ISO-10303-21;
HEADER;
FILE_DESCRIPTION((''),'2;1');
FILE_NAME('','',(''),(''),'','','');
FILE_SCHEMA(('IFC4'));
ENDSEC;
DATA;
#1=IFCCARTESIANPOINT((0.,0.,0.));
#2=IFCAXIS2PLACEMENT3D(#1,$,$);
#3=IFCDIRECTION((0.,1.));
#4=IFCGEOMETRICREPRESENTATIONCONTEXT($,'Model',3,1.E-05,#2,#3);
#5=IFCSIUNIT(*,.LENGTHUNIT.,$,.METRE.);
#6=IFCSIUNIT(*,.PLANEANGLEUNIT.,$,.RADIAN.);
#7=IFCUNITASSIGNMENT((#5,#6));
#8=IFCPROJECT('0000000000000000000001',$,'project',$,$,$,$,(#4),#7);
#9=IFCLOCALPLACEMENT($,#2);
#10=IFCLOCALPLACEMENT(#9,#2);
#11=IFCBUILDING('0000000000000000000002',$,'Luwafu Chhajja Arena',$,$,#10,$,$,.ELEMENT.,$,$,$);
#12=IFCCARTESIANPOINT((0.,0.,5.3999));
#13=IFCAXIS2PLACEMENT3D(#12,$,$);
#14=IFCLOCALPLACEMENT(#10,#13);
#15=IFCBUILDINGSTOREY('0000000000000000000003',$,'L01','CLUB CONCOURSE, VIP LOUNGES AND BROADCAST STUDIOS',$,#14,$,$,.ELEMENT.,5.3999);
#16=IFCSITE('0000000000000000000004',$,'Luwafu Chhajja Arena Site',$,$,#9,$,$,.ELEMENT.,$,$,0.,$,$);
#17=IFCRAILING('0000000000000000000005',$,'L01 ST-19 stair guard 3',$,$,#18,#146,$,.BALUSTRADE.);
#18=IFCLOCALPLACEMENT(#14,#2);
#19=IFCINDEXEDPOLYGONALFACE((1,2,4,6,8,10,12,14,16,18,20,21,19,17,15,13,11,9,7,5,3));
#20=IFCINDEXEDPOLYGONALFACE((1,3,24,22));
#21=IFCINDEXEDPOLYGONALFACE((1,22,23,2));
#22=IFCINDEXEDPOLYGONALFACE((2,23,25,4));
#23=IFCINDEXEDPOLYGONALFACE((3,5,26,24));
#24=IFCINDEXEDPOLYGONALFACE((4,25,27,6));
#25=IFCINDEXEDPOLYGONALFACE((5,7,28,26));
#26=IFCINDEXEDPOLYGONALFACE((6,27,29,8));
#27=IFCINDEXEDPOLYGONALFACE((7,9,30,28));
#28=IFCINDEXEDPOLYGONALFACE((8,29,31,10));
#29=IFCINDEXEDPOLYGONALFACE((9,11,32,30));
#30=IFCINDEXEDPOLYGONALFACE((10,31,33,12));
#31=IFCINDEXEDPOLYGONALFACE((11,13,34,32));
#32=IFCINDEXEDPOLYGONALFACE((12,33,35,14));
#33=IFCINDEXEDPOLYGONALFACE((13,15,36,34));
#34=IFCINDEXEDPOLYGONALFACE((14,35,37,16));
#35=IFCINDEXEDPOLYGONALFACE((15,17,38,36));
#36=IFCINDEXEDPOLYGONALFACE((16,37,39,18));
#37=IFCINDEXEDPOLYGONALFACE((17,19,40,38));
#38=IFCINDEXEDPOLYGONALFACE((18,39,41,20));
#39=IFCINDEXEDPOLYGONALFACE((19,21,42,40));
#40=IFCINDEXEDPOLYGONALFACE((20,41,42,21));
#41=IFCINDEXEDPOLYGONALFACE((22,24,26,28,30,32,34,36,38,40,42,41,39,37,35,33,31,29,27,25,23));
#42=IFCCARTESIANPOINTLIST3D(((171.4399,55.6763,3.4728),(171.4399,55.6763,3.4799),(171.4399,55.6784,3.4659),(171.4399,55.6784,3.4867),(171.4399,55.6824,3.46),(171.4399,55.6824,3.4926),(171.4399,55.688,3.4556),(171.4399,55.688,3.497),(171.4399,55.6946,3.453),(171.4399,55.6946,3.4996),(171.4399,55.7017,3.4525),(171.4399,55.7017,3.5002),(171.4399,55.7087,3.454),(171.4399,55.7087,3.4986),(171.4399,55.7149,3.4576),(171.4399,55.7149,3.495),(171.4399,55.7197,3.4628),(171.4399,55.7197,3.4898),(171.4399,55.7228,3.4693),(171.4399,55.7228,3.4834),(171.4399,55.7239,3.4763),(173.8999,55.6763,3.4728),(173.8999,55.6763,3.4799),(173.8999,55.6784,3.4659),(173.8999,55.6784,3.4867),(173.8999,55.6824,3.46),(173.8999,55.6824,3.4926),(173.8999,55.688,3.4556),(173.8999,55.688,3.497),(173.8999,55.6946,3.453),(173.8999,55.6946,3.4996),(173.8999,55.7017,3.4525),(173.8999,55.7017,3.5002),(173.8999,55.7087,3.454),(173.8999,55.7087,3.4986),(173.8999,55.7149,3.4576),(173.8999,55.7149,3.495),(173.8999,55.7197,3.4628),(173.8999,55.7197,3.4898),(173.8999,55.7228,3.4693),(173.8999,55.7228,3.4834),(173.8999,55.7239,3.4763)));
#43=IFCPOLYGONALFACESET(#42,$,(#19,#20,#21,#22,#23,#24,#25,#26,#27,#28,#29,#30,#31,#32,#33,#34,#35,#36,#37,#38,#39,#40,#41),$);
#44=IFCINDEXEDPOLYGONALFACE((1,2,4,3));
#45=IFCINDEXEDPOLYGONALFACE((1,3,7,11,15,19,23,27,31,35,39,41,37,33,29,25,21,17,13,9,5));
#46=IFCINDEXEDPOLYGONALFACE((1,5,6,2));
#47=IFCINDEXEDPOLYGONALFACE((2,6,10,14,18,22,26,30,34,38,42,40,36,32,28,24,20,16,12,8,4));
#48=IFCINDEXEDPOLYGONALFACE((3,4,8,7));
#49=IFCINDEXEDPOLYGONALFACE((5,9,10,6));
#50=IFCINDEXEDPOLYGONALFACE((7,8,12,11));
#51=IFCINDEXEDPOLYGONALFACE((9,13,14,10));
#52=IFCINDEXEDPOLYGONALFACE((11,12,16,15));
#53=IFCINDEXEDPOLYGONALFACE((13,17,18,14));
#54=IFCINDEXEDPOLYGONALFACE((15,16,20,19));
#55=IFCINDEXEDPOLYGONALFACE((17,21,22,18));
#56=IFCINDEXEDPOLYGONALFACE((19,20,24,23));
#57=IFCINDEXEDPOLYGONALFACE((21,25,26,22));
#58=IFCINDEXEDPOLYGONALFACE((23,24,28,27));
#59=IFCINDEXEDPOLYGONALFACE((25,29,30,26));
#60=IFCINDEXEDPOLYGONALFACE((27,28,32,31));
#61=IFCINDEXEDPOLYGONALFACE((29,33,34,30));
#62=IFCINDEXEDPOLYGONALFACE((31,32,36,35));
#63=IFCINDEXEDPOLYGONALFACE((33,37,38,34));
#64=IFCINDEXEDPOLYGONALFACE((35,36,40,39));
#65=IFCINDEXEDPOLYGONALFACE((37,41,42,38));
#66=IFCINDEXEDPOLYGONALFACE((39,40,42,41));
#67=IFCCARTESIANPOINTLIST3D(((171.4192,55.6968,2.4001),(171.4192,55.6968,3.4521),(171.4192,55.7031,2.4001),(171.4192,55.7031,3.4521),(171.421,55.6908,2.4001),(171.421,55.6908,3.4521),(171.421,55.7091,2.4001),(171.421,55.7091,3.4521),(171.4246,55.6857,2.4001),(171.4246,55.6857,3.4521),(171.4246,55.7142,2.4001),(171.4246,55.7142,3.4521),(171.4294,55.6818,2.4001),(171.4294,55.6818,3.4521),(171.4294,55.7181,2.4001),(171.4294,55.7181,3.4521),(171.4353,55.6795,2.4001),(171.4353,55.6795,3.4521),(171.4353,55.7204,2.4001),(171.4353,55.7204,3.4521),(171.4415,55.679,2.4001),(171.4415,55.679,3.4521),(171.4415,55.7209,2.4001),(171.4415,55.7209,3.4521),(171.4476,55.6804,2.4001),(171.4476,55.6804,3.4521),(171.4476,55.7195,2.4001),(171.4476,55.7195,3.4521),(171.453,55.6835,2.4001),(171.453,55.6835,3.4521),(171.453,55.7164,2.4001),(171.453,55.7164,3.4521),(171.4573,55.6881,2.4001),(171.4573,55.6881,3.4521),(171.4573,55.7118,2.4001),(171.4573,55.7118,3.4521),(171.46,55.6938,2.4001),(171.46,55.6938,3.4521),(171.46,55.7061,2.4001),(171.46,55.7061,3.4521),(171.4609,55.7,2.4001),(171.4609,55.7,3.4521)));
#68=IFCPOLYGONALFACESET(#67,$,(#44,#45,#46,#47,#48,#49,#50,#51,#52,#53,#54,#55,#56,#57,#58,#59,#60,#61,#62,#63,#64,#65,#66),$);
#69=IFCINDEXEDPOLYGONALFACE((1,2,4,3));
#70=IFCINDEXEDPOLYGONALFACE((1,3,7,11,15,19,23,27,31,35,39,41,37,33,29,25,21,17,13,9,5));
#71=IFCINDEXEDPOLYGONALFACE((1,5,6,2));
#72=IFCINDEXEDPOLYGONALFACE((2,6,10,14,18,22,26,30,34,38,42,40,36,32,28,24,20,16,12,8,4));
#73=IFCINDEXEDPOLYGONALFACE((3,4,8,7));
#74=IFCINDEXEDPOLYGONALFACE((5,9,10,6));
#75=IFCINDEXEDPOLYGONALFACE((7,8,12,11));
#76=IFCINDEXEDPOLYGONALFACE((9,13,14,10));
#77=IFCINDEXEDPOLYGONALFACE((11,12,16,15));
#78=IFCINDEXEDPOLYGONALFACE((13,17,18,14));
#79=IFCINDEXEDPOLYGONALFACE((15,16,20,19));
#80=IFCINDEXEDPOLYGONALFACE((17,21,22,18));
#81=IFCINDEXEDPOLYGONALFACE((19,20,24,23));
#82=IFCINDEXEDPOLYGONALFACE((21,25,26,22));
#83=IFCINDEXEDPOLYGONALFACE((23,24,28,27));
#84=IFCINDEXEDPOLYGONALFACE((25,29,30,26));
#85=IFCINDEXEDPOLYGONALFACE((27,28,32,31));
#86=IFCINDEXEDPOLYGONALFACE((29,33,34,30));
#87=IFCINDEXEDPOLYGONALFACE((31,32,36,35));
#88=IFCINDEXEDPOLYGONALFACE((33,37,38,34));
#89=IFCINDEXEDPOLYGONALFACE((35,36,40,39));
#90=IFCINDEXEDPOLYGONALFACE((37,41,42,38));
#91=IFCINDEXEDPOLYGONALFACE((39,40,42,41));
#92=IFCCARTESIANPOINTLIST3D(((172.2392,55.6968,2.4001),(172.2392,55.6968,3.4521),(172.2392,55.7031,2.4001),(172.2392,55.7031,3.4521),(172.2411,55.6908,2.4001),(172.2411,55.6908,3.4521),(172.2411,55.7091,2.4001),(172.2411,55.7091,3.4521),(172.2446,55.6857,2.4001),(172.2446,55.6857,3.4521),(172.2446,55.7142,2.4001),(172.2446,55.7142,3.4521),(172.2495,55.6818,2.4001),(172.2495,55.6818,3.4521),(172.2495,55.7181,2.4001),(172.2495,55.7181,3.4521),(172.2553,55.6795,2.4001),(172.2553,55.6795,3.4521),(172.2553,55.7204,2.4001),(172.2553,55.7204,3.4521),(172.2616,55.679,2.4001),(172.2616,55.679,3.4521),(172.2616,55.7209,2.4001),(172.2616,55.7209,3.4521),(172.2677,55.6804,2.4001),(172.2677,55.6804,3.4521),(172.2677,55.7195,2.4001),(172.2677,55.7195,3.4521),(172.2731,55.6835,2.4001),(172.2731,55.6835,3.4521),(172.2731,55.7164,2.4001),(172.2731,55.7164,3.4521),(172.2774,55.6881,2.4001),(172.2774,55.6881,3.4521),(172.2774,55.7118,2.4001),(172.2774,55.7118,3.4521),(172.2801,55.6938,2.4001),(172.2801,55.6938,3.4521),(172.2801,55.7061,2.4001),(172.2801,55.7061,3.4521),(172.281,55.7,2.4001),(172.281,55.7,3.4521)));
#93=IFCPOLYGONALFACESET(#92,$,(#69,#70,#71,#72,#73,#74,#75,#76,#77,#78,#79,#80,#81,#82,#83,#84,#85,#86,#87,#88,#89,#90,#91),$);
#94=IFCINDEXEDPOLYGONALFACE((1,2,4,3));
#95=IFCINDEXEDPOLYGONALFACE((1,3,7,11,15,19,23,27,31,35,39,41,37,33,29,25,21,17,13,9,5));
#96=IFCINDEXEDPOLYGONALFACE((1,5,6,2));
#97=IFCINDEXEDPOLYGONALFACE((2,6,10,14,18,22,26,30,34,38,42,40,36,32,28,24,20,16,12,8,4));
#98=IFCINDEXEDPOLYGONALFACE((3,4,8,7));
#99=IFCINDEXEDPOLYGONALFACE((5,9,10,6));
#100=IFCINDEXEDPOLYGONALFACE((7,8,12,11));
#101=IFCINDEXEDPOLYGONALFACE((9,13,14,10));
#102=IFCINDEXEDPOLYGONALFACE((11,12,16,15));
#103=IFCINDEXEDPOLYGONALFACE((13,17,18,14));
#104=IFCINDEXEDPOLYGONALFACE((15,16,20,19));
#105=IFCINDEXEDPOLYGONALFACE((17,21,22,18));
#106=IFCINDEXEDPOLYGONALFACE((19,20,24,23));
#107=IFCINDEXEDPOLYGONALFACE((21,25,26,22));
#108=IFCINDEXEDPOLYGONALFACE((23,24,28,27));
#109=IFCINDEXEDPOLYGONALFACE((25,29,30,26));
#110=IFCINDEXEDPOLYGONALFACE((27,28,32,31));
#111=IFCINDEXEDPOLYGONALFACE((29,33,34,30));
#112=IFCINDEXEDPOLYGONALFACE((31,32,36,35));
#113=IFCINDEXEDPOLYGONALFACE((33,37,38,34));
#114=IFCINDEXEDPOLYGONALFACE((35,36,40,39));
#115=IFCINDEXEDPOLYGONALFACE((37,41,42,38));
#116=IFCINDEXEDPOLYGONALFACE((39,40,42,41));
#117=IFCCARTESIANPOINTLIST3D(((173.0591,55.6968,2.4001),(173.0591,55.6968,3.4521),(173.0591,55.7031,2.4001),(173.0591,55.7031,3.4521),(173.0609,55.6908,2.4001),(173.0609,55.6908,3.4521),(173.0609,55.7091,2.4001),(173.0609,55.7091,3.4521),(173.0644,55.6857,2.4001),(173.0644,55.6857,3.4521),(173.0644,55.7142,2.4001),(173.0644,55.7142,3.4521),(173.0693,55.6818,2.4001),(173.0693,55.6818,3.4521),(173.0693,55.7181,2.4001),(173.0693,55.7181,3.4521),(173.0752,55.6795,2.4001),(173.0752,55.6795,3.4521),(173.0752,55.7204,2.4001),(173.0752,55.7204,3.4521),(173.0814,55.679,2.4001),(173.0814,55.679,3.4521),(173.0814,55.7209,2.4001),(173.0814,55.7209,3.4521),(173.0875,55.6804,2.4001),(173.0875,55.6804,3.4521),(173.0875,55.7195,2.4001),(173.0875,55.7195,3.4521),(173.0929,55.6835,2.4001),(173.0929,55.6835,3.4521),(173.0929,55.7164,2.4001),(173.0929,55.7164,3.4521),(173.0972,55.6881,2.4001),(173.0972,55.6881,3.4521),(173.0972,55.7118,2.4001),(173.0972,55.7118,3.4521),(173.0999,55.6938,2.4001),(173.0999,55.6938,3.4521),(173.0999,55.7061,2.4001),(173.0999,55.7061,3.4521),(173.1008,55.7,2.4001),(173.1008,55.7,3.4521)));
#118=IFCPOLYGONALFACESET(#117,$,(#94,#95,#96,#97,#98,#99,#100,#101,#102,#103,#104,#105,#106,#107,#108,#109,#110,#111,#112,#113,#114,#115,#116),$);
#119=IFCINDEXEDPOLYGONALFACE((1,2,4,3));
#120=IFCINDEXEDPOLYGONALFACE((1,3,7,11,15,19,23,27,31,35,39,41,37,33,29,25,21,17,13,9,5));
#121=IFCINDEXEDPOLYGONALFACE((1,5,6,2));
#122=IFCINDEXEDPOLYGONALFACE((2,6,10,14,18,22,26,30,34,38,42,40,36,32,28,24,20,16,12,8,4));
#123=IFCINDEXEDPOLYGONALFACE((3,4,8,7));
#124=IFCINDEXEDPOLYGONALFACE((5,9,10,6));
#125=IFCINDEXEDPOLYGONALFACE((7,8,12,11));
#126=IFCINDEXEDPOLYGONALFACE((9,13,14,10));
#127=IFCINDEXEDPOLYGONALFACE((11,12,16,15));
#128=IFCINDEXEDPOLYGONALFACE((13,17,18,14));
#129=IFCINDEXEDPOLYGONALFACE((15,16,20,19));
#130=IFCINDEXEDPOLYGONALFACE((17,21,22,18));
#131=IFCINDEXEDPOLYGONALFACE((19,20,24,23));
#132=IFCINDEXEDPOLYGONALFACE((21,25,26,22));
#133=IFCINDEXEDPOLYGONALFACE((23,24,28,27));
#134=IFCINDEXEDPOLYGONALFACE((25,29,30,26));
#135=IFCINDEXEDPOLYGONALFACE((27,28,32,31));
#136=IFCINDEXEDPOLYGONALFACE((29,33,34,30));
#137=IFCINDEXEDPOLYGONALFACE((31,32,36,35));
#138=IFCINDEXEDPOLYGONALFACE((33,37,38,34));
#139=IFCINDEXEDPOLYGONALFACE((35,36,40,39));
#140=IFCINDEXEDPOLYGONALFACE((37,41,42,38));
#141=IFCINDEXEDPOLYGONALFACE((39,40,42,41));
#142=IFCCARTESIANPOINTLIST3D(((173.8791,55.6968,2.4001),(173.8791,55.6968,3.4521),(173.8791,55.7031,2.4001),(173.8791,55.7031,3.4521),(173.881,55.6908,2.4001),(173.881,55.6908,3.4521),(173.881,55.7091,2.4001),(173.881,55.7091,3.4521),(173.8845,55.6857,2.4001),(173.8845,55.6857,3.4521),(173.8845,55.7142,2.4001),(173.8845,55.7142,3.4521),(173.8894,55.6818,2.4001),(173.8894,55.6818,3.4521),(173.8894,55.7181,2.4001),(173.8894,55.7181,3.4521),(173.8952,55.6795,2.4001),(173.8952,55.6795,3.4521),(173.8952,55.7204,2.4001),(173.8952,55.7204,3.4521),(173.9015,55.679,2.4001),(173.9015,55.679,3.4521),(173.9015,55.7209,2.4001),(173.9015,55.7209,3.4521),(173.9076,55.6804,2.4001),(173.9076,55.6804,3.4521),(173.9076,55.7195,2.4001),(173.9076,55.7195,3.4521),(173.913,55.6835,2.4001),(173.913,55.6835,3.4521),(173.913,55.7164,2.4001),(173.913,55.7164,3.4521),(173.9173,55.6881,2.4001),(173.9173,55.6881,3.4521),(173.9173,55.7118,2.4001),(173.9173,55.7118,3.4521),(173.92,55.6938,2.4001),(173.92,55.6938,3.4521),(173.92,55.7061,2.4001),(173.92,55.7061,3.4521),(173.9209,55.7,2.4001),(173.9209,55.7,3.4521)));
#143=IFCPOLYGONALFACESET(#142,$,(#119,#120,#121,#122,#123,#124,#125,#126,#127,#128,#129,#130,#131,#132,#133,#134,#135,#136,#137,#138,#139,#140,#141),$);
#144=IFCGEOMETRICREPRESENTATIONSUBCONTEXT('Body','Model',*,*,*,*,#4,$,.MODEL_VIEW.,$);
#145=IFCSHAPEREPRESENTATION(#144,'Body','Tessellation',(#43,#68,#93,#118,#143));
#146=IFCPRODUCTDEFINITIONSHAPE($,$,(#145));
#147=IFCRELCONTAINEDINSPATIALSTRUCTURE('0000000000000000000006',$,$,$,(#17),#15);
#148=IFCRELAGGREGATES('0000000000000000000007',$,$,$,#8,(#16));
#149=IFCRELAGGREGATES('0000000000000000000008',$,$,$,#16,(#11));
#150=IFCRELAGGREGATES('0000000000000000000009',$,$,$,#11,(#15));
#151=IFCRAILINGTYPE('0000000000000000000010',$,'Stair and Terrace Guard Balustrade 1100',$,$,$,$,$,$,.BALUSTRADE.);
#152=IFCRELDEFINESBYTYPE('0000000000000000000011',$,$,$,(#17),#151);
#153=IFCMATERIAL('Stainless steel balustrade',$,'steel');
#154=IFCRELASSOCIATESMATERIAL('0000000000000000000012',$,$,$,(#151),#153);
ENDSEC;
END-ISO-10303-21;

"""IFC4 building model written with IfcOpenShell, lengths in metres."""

from ifc_helpers import new_model, si_unit, direction, frame, origin, origin_2d, place, context, subcontext, project, spatial, circle, extrude, material, type_object, element, save


model = new_model("IFC4")

# Units and contexts
model_context = context("Model", 3, precision=1e-05, world=origin(), true_north=direction((0.0, 1.0)))
body_context = subcontext(model_context, "Body", "Model", "MODEL_VIEW")
ifc_project = project(units=[si_unit("LENGTHUNIT", "METRE"), si_unit("PLANEANGLEUNIT", "RADIAN")], contexts=[model_context])

# Site, building, storey
site_placement = place(None, origin())
site = spatial("IfcSite", under=ifc_project, at=site_placement, Name="Luwafu Chhajja Arena Site", CompositionType="ELEMENT", RefElevation=0.0)
building_placement = place(site_placement, origin())
building = spatial("IfcBuilding", under=site, at=building_placement, Name="Luwafu Chhajja Arena", CompositionType="ELEMENT")
storey_placement = place(building_placement, frame((0.0, 0.0, 5.3999)))
storey = spatial("IfcBuildingStorey", under=building, at=storey_placement, Name="L01", Description="CLUB CONCOURSE, VIP LOUNGES AND BROADCAST STUDIOS", CompositionType="ELEMENT", Elevation=5.3999)

# Railing
ifc_material_1 = material(Name="Stainless steel balustrade", Category="steel")
railing_type_1 = type_object("IfcRailingType", Name="Stair and Terrace Guard Balustrade 1100", PredefinedType="BALUSTRADE", material=ifc_material_1)
for number, where, name in (
    (1, (171.4399, 55.7, 2.4001), "L01 ST-19 stair guard 3"),
):
    element("IfcRailing", number, at=place(storey_placement, frame(where)), inside=storey, type_object=railing_type_1, Name=name, PredefinedType="BALUSTRADE", context=body_context, shape_type="SweptSolid", body=[
        extrude(circle(Radius=0.0239, at=origin_2d()), frame((0.0, 0.0, 1.0762), z_axis=(1.0, 0.0, 0.0), x_axis=(0.0, 1.0, 0.0)), (0.0, 0.0, 1.0), 2.46),
        extrude(circle(Radius=0.021, at=origin_2d()), origin(), (0.0, 0.0, 1.0), 1.052),
        extrude(circle(Radius=0.021, at=origin_2d()), frame((0.8201, 0.0, 0.0)), (0.0, 0.0, 1.0), 1.052),
        extrude(circle(Radius=0.021, at=origin_2d()), frame((1.6399, 0.0, 0.0)), (0.0, 0.0, 1.0), 1.052),
        extrude(circle(Radius=0.021, at=origin_2d()), frame((2.46, 0.0, 0.0)), (0.0, 0.0, 1.0), 1.052),
    ])

save(model, "model.ifc")
